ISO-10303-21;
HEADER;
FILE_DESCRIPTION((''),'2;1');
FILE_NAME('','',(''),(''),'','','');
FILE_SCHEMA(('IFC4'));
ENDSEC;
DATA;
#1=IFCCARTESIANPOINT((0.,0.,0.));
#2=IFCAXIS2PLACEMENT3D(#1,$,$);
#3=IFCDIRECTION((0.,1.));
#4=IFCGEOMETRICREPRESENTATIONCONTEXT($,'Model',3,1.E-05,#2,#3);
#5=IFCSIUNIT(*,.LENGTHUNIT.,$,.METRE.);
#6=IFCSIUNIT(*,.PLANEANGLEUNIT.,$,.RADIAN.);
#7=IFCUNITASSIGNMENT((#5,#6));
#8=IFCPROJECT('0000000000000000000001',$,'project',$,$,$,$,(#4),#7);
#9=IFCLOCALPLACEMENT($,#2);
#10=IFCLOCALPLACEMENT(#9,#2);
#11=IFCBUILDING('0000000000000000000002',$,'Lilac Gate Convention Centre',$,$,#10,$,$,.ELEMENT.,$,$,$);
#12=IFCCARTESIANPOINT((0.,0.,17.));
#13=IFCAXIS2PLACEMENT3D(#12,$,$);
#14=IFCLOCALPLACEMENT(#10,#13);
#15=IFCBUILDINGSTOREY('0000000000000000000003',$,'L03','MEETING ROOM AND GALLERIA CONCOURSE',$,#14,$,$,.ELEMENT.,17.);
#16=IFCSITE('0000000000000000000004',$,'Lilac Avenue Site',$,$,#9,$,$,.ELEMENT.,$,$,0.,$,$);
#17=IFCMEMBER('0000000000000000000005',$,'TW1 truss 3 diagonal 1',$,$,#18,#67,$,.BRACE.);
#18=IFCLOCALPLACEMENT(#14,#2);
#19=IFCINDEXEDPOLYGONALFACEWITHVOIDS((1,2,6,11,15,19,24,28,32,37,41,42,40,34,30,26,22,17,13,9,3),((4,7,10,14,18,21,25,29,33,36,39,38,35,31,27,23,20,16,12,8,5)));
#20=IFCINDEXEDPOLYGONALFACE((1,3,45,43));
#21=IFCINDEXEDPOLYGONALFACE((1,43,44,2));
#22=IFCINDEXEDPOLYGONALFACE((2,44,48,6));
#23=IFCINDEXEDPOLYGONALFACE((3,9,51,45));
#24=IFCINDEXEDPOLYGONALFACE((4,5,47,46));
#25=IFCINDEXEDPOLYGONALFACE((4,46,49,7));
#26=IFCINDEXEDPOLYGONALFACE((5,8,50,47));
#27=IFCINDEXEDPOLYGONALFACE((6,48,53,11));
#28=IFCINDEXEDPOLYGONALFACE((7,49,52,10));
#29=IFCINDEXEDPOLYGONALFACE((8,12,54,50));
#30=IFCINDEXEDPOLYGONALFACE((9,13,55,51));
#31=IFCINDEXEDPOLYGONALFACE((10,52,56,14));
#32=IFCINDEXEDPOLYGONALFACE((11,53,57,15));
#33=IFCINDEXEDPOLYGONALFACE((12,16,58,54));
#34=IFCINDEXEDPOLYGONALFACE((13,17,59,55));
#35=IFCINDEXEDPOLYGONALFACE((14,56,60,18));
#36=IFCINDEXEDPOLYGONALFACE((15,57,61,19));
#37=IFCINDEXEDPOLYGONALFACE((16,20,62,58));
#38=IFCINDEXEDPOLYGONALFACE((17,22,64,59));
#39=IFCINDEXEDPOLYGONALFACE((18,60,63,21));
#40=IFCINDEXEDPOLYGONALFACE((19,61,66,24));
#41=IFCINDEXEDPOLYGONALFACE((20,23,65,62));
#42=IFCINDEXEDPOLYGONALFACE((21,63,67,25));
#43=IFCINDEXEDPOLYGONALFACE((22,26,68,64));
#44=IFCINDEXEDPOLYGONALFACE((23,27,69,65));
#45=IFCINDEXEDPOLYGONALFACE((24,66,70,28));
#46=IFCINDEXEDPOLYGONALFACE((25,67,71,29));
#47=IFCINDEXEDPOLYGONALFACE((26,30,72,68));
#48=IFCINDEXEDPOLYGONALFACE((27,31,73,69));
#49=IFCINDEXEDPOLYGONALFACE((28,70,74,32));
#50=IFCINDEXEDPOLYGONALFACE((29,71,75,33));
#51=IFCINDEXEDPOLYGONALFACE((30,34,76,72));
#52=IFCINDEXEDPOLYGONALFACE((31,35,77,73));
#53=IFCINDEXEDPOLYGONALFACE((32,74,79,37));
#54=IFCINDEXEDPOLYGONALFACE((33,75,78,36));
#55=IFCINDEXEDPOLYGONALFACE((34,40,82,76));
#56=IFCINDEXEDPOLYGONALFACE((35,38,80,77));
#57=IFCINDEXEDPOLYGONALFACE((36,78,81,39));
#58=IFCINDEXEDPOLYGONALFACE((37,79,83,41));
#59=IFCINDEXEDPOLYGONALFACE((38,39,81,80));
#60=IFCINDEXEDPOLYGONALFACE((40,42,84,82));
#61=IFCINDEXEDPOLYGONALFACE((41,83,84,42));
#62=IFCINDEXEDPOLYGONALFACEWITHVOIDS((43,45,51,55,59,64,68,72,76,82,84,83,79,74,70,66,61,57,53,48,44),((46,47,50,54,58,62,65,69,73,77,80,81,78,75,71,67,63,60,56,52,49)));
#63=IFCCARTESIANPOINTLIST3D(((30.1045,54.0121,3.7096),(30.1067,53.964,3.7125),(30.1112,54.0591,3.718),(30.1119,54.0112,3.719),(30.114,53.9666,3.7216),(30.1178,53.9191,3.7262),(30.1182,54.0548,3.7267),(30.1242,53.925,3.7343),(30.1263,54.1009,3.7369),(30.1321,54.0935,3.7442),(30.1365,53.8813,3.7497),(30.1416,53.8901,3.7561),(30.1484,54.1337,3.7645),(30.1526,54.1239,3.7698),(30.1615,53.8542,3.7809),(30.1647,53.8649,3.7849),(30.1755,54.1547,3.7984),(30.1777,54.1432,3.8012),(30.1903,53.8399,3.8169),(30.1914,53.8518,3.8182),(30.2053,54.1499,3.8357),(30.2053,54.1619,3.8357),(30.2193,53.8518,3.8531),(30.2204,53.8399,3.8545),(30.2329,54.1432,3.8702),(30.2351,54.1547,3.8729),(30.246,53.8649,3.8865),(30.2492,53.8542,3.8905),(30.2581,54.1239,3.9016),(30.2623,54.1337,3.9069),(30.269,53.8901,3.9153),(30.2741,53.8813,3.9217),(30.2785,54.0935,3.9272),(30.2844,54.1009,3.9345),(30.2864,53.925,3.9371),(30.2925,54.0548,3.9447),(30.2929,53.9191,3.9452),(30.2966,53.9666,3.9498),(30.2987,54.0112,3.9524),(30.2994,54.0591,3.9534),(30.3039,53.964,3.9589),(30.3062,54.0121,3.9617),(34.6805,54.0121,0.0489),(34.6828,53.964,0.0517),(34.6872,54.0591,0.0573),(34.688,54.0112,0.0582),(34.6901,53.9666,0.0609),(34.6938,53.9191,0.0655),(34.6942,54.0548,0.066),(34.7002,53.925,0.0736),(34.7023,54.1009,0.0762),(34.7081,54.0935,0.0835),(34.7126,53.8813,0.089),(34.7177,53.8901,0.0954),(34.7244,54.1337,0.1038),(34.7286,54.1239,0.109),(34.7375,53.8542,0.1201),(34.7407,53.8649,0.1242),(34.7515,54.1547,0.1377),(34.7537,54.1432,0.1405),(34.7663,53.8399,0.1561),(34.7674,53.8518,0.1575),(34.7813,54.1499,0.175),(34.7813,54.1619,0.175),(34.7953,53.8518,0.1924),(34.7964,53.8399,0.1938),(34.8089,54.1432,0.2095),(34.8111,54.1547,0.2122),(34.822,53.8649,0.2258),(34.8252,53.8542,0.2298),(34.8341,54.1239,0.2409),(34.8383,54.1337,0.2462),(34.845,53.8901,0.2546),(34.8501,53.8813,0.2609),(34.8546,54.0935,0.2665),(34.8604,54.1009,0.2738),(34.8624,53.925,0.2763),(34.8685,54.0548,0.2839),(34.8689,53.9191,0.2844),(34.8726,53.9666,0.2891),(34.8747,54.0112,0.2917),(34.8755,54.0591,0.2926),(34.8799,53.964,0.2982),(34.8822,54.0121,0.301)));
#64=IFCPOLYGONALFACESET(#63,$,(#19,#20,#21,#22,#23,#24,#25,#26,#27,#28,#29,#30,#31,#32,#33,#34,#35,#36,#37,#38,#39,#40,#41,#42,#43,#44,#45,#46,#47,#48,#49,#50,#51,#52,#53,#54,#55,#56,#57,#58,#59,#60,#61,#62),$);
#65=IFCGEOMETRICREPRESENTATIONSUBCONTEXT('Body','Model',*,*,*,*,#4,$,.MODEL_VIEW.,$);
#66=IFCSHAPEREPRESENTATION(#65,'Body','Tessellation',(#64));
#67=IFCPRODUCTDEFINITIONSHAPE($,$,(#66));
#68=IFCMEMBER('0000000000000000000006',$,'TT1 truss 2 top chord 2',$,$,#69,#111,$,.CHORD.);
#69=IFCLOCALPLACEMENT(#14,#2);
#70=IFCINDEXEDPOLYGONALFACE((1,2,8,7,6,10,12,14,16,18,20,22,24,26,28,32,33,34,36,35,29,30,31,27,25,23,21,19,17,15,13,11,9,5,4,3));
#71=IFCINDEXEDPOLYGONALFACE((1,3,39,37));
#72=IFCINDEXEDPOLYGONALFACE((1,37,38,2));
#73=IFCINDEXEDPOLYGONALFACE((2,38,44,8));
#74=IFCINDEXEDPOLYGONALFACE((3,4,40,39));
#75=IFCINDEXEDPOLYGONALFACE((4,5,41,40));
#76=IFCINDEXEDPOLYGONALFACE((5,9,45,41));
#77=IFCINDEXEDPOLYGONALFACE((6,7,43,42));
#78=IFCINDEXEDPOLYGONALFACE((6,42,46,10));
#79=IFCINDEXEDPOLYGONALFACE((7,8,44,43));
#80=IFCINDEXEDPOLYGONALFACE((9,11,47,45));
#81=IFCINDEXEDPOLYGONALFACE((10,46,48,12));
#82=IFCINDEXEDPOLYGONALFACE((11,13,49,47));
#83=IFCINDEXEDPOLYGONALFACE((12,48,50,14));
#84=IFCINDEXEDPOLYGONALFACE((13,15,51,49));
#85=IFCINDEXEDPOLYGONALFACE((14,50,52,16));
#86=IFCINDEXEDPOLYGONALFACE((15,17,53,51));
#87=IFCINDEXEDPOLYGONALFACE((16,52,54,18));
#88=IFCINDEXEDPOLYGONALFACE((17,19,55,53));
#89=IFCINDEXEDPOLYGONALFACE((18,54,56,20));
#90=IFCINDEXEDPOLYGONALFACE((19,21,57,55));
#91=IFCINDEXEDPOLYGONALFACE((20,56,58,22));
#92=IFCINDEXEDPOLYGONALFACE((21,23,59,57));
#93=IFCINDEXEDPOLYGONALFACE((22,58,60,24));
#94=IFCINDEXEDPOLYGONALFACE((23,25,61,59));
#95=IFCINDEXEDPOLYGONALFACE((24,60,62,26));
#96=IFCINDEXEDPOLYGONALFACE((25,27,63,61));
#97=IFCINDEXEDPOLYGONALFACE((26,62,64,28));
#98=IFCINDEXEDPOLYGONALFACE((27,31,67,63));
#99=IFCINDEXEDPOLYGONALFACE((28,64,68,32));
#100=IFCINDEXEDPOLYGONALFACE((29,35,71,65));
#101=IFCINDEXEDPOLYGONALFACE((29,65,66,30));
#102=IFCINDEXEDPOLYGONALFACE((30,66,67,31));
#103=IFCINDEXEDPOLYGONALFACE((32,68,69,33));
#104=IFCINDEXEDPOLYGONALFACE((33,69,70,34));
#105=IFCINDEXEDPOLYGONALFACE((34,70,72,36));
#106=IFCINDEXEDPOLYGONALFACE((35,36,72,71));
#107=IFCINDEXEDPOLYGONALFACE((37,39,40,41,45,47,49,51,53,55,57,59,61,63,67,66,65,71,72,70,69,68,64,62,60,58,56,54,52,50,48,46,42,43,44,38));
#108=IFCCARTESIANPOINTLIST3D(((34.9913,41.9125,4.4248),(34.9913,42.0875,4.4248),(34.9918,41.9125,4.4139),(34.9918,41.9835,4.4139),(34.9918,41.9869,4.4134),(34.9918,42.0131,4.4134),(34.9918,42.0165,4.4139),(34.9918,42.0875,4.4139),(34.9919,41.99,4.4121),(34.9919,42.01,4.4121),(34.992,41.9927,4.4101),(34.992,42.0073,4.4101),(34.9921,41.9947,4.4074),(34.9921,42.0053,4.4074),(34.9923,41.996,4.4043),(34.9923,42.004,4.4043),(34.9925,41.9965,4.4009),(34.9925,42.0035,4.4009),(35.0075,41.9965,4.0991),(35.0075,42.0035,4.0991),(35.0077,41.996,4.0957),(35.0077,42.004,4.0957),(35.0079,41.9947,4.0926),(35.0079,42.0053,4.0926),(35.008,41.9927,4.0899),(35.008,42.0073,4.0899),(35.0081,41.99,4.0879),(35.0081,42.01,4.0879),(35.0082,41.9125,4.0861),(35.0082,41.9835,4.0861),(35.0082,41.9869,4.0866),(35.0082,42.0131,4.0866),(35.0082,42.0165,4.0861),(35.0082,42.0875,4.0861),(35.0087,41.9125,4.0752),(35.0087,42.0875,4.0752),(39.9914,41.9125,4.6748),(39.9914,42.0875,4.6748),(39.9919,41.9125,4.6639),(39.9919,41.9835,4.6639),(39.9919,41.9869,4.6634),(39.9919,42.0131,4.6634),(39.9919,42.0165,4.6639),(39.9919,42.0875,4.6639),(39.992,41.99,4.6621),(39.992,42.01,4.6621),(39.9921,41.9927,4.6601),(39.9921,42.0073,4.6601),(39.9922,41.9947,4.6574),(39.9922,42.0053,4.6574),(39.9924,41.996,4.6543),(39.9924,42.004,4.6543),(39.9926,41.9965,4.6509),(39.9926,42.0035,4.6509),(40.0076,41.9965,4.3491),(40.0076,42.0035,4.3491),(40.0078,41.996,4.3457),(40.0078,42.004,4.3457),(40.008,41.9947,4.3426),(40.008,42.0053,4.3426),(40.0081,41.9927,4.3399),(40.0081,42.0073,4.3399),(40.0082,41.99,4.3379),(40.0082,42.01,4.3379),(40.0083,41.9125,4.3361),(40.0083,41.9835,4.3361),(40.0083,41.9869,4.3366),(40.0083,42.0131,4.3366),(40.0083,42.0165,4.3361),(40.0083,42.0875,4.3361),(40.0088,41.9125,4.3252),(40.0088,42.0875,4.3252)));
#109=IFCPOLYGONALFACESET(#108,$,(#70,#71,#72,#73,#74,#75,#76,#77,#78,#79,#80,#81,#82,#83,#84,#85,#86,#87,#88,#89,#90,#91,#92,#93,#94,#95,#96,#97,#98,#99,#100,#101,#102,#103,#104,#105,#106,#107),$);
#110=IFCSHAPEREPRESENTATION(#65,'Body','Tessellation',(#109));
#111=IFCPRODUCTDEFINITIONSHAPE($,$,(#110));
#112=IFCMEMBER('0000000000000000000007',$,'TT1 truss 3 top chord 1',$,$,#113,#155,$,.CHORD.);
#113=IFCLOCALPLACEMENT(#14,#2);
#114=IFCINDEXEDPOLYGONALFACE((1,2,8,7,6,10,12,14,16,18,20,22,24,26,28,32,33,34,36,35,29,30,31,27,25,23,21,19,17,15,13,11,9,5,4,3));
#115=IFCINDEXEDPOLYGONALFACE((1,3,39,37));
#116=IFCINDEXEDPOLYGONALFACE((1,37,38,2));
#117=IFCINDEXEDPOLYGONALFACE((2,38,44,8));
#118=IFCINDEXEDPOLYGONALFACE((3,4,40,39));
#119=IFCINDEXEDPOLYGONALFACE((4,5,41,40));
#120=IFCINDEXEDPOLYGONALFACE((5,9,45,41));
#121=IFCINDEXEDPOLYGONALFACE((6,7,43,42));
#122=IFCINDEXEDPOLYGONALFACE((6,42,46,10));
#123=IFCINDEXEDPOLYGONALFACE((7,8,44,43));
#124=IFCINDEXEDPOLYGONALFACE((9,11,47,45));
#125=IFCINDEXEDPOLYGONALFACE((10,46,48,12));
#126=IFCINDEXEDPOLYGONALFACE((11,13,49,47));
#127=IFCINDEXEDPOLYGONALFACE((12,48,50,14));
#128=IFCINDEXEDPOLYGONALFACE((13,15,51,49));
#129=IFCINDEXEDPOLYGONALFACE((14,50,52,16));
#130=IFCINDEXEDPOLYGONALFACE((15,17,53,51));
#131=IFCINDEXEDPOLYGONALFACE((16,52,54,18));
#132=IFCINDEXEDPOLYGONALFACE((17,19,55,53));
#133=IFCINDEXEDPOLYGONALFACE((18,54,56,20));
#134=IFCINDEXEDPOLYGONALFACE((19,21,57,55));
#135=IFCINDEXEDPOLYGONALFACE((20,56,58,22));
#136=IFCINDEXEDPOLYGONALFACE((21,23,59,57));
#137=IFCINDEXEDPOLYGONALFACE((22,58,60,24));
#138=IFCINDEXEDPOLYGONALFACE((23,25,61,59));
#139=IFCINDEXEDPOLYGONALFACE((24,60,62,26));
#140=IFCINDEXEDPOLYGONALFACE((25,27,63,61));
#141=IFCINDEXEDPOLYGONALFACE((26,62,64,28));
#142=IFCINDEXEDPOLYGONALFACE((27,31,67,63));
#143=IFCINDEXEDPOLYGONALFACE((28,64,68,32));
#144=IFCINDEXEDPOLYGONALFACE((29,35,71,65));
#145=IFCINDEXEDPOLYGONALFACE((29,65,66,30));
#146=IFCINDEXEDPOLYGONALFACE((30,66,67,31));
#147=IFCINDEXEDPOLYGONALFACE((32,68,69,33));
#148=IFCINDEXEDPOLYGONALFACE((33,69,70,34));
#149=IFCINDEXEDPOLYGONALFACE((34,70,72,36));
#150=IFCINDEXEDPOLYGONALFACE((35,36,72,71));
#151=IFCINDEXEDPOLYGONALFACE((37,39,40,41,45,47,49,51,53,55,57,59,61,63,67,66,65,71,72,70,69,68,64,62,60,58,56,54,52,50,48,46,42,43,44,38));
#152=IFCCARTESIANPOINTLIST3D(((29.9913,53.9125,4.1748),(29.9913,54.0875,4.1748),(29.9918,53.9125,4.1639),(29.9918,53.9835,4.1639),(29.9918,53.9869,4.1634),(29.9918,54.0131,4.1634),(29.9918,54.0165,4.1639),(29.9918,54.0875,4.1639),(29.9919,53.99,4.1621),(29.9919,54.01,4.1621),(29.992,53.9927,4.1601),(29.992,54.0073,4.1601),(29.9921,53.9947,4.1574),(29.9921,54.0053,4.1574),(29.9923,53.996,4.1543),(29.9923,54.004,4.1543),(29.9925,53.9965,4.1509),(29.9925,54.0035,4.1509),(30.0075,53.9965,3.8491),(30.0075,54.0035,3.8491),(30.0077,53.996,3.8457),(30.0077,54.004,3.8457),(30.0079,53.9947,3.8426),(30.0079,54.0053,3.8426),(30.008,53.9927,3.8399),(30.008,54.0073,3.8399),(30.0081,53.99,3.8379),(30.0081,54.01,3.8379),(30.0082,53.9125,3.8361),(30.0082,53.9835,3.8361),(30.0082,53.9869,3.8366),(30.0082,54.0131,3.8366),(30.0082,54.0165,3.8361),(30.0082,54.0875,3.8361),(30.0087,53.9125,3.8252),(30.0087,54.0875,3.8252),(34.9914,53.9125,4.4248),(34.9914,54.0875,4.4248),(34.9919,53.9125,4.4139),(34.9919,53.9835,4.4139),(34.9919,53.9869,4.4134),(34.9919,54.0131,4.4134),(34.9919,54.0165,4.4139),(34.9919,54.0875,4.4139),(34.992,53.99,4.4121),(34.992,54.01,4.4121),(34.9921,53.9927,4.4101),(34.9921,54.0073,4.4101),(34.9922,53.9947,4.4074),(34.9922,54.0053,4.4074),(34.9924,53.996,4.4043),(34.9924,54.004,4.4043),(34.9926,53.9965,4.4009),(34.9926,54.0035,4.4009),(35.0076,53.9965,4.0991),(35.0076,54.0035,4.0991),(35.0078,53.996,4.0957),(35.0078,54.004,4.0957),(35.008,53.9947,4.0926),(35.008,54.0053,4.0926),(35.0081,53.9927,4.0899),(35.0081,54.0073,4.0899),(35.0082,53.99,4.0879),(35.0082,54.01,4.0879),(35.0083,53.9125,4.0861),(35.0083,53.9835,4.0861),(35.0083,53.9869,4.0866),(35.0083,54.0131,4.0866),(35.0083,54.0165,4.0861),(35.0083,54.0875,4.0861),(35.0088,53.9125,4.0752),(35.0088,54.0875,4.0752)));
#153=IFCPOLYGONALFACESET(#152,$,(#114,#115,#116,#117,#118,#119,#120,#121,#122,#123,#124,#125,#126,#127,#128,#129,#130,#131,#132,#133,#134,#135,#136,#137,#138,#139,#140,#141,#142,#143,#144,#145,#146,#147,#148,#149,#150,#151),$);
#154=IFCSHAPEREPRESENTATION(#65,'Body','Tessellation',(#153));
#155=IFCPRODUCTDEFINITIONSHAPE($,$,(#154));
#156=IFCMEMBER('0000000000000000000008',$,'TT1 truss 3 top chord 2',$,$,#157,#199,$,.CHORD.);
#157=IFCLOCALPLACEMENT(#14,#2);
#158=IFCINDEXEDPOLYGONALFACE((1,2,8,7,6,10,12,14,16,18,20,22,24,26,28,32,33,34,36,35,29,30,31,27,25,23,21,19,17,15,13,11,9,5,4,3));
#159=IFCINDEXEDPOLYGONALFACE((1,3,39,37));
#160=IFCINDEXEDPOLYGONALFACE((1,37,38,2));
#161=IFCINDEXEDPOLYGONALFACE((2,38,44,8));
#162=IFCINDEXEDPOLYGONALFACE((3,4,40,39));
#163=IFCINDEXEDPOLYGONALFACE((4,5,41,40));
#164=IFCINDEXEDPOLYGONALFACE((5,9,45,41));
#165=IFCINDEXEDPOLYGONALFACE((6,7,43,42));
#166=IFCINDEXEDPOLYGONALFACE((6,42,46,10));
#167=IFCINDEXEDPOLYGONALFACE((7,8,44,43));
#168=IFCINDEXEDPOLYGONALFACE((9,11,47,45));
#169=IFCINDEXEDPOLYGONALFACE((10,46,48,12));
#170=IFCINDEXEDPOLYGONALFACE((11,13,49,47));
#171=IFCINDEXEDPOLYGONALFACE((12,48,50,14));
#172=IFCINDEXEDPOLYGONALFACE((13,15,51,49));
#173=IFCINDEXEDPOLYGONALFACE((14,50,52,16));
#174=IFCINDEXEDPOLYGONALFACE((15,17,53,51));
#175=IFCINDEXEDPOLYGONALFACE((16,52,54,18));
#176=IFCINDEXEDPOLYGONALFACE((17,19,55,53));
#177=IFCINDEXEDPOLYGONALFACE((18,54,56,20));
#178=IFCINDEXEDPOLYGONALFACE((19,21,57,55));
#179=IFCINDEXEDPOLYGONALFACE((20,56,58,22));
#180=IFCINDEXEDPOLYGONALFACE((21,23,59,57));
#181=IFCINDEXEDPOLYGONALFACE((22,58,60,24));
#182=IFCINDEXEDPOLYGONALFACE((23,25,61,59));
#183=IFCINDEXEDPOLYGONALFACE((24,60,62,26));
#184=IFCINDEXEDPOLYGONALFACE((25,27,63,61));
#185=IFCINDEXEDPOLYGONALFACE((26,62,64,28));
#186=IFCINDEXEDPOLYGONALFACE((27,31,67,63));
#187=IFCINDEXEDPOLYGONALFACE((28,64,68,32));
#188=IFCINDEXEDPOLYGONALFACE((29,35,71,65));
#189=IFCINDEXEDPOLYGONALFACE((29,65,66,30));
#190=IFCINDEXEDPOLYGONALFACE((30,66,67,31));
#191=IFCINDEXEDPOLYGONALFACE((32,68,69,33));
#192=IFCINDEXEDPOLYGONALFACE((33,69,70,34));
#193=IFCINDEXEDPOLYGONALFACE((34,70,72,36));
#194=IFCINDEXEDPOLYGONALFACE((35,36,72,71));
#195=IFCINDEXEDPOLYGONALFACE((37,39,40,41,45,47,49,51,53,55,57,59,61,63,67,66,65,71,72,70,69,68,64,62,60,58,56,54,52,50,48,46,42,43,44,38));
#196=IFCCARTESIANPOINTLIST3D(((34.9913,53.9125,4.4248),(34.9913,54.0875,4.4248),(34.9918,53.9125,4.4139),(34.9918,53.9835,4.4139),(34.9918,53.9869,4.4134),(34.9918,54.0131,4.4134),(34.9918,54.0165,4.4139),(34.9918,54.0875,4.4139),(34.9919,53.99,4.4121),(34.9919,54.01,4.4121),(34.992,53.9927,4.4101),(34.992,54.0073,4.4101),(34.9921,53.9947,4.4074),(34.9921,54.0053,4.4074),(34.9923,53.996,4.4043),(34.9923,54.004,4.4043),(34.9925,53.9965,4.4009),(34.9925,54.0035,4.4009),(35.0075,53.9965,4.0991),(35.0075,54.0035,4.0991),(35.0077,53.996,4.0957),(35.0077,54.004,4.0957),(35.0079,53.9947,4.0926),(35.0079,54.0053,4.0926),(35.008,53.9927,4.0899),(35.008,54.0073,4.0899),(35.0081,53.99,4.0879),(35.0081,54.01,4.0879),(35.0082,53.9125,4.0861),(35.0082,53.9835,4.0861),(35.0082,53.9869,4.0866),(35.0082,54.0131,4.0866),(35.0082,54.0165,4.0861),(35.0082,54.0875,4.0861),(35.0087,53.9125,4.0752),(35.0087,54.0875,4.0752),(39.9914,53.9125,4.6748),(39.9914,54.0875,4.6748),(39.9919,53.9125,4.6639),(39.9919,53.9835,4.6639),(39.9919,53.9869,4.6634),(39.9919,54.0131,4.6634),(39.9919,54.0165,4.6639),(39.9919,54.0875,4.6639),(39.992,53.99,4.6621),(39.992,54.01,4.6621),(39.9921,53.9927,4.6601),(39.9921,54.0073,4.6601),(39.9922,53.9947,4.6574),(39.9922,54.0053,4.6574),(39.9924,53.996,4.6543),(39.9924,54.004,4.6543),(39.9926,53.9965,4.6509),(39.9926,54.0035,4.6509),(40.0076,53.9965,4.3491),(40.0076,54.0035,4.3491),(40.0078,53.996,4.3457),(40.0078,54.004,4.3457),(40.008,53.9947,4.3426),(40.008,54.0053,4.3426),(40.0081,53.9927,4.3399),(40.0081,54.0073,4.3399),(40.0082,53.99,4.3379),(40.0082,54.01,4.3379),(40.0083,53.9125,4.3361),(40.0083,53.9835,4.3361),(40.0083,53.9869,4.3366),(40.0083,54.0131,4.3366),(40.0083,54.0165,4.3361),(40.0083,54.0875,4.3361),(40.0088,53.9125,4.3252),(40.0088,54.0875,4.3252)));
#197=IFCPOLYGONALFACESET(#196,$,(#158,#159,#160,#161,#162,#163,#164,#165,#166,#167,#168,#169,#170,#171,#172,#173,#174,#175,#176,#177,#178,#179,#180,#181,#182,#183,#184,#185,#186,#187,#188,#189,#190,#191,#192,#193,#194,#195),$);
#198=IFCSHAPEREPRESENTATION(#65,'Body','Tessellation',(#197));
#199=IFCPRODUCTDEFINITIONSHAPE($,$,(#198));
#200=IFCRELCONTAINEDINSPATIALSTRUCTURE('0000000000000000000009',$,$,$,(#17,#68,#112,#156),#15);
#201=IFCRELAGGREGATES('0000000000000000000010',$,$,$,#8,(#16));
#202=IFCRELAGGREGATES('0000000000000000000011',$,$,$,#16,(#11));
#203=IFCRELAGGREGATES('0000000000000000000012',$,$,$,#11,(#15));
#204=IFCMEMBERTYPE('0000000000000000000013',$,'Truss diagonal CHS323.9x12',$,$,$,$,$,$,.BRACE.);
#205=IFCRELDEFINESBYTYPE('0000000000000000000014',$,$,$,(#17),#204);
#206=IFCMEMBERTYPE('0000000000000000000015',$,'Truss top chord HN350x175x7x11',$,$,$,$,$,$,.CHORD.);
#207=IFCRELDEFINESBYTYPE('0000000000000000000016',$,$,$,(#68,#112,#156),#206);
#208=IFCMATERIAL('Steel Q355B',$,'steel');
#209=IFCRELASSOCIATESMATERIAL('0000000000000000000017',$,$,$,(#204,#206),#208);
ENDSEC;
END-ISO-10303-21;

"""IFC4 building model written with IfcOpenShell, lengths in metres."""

from ifc_helpers import new_model, si_unit, direction, frame, origin, origin_2d, place, context, subcontext, project, spatial, hollow_circle, i_section, extrude, material, material_profile, profile_set, type_object, element, save


model = new_model("IFC4")

# Units and contexts
model_context = context("Model", 3, precision=1e-05, world=origin(), true_north=direction((0.0, 1.0)))
body_context = subcontext(model_context, "Body", "Model", "MODEL_VIEW")
ifc_project = project(units=[si_unit("LENGTHUNIT", "METRE"), si_unit("PLANEANGLEUNIT", "RADIAN")], contexts=[model_context])

# Site, building, storey
site_placement = place(None, origin())
site = spatial("IfcSite", under=ifc_project, at=site_placement, Name="Lilac Avenue Site", CompositionType="ELEMENT", RefElevation=0.0)
building_placement = place(site_placement, origin())
building = spatial("IfcBuilding", under=site, at=building_placement, Name="Lilac Gate Convention Centre", CompositionType="ELEMENT")
storey_placement = place(building_placement, frame((0.0, 0.0, 17.0)))
storey = spatial("IfcBuildingStorey", under=building, at=storey_placement, Name="L03", Description="MEETING ROOM AND GALLERIA CONCOURSE", CompositionType="ELEMENT", Elevation=17.0)

# Shared definitions
ifc_material_1 = material(Name="Steel Q355B", Category="steel")

# Members
ifc_material_profile_1 = material_profile(ifc_material_1, hollow_circle(Radius=0.1619, WallThickness=0.012, at=origin_2d()), Name="CHS323.9x12")
ifc_profile_set_1 = profile_set([ifc_material_profile_1], Name="Steel Q355B")
member_type_1 = type_object("IfcMemberType", Name="Truss diagonal CHS323.9x12", PredefinedType="BRACE", material=ifc_profile_set_1)
member_1_placement = place(storey_placement, frame((30.2053, 54.0, 3.8357), z_axis=(0.780877, 0.0, -0.624685), x_axis=(0.0, 1.0, 0.0)))
element("IfcMember", 1, at=member_1_placement, inside=storey, type_object=member_type_1, Name="TW1 truss 3 diagonal 1", PredefinedType="BRACE", context=body_context, shape_type="SweptSolid", body=[
    extrude(hollow_circle(Radius=0.1619, WallThickness=0.012, at=origin_2d()), origin(), (0.0, 0.0, 1.0), 5.8601),
])
ifc_material_profile_2 = material_profile(ifc_material_1, i_section(OverallWidth=0.175, OverallDepth=0.3501, WebThickness=0.0071, FlangeThickness=0.011, FilletRadius=0.0129, at=origin_2d()), Name="HN350x175x7x11")
ifc_profile_set_2 = profile_set([ifc_material_profile_2], Name="Steel Q355B")
member_type_2 = type_object("IfcMemberType", Name="Truss top chord HN350x175x7x11", PredefinedType="CHORD", material=ifc_profile_set_2)
for number, where, z_axis, x_axis, name in (
    (2, (35.0, 42.0, 4.25), (0.998752, 0.0, 0.049938), (0.0, 1.0, 0.0), "TT1 truss 2 top chord 2"),
    (3, (30.0, 54.0, 4.0), (0.998752, 0.0, 0.049938), (0.0, 1.0, 0.0), "TT1 truss 3 top chord 1"),
    (4, (35.0, 54.0, 4.25), (0.998752, 0.0, 0.049938), (0.0, 1.0, 0.0), "TT1 truss 3 top chord 2"),
):
    element("IfcMember", number, at=place(storey_placement, frame(where, z_axis=z_axis, x_axis=x_axis)), inside=storey, type_object=member_type_2, Name=name, PredefinedType="CHORD", context=body_context, shape_type="SweptSolid", body=[
        extrude(i_section(OverallWidth=0.175, OverallDepth=0.3501, WebThickness=0.0071, FlangeThickness=0.011, FilletRadius=0.0129, at=origin_2d()), origin(), (0.0, 0.0, 1.0), 5.0063),
    ])

save(model, "model.ifc")
